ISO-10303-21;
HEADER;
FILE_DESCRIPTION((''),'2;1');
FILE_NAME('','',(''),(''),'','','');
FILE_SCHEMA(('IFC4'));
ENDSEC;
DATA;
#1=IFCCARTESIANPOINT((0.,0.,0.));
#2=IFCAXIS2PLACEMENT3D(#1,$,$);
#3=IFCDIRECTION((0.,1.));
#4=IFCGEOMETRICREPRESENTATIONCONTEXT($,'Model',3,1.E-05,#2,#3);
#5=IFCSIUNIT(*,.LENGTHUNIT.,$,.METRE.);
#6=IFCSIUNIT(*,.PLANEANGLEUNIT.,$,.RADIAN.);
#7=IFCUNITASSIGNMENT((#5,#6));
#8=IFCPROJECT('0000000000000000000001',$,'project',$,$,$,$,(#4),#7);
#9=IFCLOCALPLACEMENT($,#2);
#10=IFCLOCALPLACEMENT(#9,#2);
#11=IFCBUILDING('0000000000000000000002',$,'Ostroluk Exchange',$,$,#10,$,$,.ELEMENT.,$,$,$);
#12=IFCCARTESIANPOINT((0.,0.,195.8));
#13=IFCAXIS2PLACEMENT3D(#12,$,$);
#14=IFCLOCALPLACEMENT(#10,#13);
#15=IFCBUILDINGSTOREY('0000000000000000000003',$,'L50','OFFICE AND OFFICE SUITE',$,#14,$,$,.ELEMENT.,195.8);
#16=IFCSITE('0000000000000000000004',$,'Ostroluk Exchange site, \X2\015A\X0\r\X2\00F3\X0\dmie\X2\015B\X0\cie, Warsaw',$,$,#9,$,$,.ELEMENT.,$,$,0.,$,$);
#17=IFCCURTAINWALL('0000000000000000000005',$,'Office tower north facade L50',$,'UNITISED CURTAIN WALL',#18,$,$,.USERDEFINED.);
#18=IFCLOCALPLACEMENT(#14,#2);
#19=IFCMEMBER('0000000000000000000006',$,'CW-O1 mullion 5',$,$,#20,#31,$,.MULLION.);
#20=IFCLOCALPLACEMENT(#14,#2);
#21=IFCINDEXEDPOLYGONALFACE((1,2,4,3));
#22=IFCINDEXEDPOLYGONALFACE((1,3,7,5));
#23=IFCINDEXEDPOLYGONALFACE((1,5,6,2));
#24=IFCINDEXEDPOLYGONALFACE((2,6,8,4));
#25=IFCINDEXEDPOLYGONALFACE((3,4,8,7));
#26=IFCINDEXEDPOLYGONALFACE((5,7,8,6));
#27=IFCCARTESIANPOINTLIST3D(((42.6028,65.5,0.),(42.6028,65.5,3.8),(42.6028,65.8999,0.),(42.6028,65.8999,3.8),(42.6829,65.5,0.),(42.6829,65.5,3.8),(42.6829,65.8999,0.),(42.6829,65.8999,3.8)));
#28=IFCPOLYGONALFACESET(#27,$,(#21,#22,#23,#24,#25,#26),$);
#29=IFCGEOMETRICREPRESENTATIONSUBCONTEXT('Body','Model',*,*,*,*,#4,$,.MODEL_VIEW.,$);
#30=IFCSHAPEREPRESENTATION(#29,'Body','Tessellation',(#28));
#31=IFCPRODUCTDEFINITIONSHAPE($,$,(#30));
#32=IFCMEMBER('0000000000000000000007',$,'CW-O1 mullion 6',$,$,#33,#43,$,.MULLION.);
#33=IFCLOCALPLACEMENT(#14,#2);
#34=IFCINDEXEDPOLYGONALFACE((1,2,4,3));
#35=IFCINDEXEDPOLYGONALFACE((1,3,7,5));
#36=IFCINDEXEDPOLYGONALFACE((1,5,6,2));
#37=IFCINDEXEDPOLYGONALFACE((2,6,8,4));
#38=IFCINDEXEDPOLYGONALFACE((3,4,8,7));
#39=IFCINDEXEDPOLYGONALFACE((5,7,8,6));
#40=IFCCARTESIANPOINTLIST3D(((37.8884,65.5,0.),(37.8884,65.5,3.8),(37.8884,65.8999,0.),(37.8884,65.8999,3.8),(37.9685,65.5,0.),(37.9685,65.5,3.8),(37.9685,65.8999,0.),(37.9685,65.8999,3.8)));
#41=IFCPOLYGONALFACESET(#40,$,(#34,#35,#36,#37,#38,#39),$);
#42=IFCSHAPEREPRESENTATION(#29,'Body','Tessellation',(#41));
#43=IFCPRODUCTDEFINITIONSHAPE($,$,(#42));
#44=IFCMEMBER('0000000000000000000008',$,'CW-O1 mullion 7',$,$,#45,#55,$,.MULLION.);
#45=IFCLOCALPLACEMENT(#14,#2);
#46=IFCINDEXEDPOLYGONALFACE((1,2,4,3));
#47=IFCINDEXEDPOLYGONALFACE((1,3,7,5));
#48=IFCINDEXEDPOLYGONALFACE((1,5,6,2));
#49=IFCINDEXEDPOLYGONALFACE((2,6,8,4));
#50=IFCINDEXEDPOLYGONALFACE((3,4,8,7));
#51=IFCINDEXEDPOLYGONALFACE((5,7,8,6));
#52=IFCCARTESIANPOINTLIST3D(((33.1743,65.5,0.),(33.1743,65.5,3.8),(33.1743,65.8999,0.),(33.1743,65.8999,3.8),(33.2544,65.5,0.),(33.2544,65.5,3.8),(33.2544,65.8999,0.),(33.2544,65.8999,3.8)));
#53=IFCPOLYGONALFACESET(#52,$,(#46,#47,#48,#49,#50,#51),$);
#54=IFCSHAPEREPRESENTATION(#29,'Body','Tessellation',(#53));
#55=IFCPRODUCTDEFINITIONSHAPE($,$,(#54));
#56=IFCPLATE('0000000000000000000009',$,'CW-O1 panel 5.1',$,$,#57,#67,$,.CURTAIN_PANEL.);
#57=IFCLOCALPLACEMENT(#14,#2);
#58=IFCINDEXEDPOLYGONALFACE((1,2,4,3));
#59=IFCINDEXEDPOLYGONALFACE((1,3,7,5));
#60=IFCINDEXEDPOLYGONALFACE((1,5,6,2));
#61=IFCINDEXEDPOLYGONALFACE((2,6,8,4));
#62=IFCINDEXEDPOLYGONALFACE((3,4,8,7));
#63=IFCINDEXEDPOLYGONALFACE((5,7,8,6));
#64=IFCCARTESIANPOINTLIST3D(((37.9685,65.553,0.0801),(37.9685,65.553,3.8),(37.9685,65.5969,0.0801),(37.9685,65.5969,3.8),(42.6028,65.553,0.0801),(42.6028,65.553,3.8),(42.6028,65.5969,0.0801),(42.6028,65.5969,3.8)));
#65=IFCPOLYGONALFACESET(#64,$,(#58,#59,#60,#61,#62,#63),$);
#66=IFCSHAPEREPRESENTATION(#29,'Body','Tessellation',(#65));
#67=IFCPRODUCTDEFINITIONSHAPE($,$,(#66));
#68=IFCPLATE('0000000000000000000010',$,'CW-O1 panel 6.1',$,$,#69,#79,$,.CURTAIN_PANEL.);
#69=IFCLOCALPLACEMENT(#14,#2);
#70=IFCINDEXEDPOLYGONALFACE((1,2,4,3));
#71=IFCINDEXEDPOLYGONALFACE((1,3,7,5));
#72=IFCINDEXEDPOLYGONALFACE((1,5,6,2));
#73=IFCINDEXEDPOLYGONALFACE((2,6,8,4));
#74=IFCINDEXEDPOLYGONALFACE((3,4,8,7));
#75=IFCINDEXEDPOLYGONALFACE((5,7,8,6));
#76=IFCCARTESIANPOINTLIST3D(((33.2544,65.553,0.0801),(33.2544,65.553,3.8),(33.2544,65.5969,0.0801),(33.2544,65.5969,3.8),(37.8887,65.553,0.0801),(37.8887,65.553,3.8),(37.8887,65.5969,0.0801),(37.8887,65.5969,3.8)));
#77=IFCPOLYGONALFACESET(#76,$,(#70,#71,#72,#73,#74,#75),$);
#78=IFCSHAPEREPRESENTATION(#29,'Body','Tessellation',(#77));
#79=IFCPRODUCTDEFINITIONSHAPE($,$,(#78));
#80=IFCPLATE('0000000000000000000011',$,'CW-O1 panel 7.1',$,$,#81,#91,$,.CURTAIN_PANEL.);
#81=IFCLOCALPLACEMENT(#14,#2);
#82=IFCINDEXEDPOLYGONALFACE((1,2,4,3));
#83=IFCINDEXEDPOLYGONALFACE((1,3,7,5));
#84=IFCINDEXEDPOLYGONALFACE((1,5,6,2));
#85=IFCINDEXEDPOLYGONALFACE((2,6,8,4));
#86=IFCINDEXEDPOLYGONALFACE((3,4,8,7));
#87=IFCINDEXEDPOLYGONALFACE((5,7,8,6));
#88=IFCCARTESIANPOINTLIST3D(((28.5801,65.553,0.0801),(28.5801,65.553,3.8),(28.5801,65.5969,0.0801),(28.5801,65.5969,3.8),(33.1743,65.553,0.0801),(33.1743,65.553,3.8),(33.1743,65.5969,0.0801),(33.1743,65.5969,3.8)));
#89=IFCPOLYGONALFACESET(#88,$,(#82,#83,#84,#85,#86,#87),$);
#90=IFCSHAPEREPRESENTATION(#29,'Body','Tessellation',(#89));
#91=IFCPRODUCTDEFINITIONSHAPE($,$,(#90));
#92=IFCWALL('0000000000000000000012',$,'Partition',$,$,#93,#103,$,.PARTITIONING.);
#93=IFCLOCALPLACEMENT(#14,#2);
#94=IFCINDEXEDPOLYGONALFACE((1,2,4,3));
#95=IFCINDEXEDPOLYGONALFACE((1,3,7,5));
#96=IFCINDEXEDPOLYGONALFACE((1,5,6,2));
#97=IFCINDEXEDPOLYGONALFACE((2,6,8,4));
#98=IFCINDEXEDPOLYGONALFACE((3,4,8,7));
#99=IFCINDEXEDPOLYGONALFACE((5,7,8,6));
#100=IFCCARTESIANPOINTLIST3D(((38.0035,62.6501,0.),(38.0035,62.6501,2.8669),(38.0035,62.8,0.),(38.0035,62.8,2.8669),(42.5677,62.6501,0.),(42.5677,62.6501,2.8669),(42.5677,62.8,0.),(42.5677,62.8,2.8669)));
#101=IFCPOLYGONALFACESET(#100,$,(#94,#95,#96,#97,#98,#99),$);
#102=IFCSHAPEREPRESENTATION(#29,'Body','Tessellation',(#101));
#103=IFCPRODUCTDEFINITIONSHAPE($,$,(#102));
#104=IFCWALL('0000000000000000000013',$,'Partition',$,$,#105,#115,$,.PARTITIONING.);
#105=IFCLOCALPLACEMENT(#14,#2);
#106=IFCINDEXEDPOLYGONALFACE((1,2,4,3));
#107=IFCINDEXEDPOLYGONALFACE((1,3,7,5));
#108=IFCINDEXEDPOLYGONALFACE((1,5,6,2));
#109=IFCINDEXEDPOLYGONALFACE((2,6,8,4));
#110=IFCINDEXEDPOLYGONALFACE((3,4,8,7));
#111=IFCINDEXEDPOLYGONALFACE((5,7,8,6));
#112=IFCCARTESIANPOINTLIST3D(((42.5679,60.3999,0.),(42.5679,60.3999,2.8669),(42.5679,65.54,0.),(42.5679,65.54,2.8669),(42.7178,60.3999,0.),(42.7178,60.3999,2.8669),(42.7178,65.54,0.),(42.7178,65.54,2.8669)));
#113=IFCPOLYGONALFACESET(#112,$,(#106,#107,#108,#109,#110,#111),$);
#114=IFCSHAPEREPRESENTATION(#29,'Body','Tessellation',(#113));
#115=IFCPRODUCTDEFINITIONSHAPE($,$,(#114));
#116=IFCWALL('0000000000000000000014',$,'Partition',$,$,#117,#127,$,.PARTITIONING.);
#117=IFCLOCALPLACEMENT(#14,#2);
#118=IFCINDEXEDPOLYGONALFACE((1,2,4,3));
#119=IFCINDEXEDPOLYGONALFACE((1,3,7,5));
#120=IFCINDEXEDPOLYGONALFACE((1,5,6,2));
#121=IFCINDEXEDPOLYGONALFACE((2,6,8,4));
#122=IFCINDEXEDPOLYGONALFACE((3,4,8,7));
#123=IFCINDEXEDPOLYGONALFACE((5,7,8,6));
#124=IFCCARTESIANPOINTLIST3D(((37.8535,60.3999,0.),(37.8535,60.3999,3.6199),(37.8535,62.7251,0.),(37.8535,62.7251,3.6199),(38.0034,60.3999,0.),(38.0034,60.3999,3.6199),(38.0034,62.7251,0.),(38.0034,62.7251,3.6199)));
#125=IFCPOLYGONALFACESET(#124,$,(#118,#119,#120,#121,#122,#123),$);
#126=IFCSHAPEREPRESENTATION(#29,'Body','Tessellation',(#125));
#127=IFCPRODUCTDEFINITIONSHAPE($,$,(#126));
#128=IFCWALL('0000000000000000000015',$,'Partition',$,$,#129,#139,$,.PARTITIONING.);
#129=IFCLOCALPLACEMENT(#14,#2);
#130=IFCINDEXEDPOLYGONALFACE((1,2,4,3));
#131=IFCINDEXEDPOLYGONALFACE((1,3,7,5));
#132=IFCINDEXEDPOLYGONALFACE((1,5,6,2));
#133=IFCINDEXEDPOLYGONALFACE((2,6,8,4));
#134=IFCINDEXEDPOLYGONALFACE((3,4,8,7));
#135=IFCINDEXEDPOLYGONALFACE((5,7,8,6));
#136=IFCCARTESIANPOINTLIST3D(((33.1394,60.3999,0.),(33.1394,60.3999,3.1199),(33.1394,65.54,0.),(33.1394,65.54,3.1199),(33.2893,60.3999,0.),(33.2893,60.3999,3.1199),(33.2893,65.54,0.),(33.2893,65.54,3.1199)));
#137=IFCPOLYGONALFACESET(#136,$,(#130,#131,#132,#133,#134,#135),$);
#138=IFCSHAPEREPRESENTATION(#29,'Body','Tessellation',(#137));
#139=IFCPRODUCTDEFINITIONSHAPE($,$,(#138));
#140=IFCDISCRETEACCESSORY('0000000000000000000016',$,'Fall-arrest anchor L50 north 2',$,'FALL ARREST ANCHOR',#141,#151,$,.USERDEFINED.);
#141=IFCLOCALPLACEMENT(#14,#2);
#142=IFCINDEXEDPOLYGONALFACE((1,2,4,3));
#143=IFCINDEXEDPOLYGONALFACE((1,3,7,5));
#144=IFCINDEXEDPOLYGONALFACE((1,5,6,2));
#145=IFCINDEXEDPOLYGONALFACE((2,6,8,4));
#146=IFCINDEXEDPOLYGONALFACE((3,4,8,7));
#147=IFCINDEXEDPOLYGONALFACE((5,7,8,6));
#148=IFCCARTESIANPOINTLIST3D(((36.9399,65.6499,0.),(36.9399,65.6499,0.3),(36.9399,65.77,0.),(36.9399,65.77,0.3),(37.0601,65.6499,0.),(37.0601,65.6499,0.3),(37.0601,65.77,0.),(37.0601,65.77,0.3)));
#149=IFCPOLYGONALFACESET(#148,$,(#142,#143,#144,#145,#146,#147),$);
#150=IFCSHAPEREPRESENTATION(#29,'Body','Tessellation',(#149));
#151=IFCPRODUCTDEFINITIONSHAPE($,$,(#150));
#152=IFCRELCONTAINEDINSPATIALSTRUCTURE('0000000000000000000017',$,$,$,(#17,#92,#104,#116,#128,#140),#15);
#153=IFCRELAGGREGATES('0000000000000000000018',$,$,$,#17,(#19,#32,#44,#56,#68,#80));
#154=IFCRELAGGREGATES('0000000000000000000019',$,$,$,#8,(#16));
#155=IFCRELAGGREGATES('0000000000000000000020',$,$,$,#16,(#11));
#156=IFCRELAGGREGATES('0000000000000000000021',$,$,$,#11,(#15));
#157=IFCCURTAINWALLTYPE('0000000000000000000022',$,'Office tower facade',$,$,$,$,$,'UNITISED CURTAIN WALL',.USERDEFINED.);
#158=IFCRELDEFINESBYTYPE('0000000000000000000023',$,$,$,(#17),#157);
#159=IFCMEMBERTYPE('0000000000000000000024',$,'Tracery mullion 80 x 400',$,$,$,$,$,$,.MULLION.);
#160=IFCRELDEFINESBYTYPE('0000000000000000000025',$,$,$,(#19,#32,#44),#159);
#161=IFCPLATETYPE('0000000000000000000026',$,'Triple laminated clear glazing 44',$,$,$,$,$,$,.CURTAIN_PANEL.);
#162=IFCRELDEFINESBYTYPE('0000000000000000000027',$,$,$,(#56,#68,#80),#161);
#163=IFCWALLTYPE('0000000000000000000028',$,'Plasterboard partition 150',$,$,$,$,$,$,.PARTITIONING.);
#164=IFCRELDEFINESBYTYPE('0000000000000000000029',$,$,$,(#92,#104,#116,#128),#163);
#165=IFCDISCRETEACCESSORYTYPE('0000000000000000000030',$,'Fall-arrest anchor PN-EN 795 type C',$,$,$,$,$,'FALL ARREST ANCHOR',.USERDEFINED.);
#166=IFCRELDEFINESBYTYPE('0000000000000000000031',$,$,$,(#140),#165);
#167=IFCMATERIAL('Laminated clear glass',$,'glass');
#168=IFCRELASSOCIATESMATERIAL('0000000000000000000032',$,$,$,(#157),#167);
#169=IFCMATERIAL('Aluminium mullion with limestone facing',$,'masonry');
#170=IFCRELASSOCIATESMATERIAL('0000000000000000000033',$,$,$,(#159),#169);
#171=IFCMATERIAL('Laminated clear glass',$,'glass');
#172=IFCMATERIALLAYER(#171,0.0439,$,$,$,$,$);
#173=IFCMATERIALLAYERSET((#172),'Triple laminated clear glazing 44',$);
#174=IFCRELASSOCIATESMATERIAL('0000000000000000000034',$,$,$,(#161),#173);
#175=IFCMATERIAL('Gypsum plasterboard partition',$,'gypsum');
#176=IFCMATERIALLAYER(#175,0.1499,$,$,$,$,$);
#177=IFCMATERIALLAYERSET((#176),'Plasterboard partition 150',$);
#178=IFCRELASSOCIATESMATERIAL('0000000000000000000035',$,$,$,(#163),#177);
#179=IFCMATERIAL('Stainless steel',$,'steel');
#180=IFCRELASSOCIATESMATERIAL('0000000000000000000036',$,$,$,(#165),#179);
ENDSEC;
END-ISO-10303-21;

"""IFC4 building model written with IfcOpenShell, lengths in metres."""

from ifc_helpers import new_model, si_unit, direction, frame, frame_2d, origin, origin_2d, place, context, subcontext, project, spatial, rectangle, extrude, material, layer, layer_set, material_profile, profile_set, type_object, element, aggregate, save


model = new_model("IFC4")

# Units and contexts
model_context = context("Model", 3, precision=1e-05, world=origin(), true_north=direction((0.0, 1.0)))
body_context = subcontext(model_context, "Body", "Model", "MODEL_VIEW")
ifc_project = project(units=[si_unit("LENGTHUNIT", "METRE"), si_unit("PLANEANGLEUNIT", "RADIAN")], contexts=[model_context])

# Site, building, storey
site_placement = place(None, origin())
site = spatial("IfcSite", under=ifc_project, at=site_placement, Name="Ostroluk Exchange site, Śródmieście, Warsaw", CompositionType="ELEMENT", RefElevation=0.0)
building_placement = place(site_placement, origin())
building = spatial("IfcBuilding", under=site, at=building_placement, Name="Ostroluk Exchange", CompositionType="ELEMENT")
storey_placement = place(building_placement, frame((0.0, 0.0, 195.8)))
storey = spatial("IfcBuildingStorey", under=building, at=storey_placement, Name="L50", Description="OFFICE AND OFFICE SUITE", CompositionType="ELEMENT", Elevation=195.8)

# Curtain wall, members, plates
ifc_material_1 = material(Name="Laminated clear glass", Category="glass")
curtain_wall_type = type_object("IfcCurtainWallType", Name="Office tower facade", ElementType="UNITISED CURTAIN WALL", PredefinedType="USERDEFINED", material=ifc_material_1)
curtain_wall_placement = place(storey_placement, origin())
curtain_wall = element("IfcCurtainWall", 1, at=curtain_wall_placement, inside=storey, type_object=curtain_wall_type, Name="Office tower north facade L50", ObjectType="UNITISED CURTAIN WALL", PredefinedType="USERDEFINED")
ifc_material_2 = material(Name="Aluminium mullion with limestone facing", Category="masonry")
ifc_material_profile_1 = material_profile(ifc_material_2, rectangle(XDim=0.3999, YDim=0.0801, at=origin_2d()), Name="Tracery mullion 80 x 400")
ifc_profile_set_1 = profile_set([ifc_material_profile_1], Name="Aluminium mullion with limestone facing")
member_type_1 = type_object("IfcMemberType", Name="Tracery mullion 80 x 400", PredefinedType="MULLION", material=ifc_profile_set_1)
member_1_placement = place(storey_placement, frame((42.6428, 65.7, 0.0), z_axis=(0.0, 0.0, 1.0), x_axis=(0.0, -1.0, 0.0)))
member_1 = element("IfcMember", 2, at=member_1_placement, type_object=member_type_1, Name="CW-O1 mullion 5", PredefinedType="MULLION", context=body_context, shape_type="SweptSolid", body=[
    extrude(rectangle(XDim=0.3999, YDim=0.0801, at=origin_2d()), origin(), (0.0, 0.0, 1.0), 3.8),
])
member_2_placement = place(storey_placement, frame((37.9285, 65.7, 0.0), z_axis=(0.0, 0.0, 1.0), x_axis=(0.0, -1.0, 0.0)))
member_2 = element("IfcMember", 3, at=member_2_placement, type_object=member_type_1, Name="CW-O1 mullion 6", PredefinedType="MULLION", context=body_context, shape_type="SweptSolid", body=[
    extrude(rectangle(XDim=0.3999, YDim=0.0801, at=origin_2d()), origin(), (0.0, 0.0, 1.0), 3.8),
])
member_3_placement = place(storey_placement, frame((33.2144, 65.7, 0.0), z_axis=(0.0, 0.0, 1.0), x_axis=(0.0, -1.0, 0.0)))
member_3 = element("IfcMember", 4, at=member_3_placement, type_object=member_type_1, Name="CW-O1 mullion 7", PredefinedType="MULLION", context=body_context, shape_type="SweptSolid", body=[
    extrude(rectangle(XDim=0.3999, YDim=0.0801, at=origin_2d()), origin(), (0.0, 0.0, 1.0), 3.8),
])
ifc_material_3 = material(Name="Laminated clear glass", Category="glass")
ifc_layer_1 = layer(ifc_material_3, 0.0439)
ifc_layer_set_1 = layer_set([ifc_layer_1], Name="Triple laminated clear glazing 44")
plate_type = type_object("IfcPlateType", Name="Triple laminated clear glazing 44", PredefinedType="CURTAIN_PANEL", material=ifc_layer_set_1)
plate_1_placement = place(storey_placement, frame((40.2856, 65.575, 0.0801), z_axis=(0.0, 0.0, 1.0), x_axis=(-1.0, 0.0, 0.0)))
plate_1 = element("IfcPlate", 5, at=plate_1_placement, type_object=plate_type, Name="CW-O1 panel 5.1", PredefinedType="CURTAIN_PANEL", context=body_context, shape_type="SweptSolid", body=[
    extrude(rectangle(XDim=4.6343, YDim=0.0439, at=origin_2d()), origin(), (0.0, 0.0, 1.0), 3.72),
])
plate_2_placement = place(storey_placement, frame((35.5715, 65.575, 0.0801), z_axis=(0.0, 0.0, 1.0), x_axis=(-1.0, 0.0, 0.0)))
plate_2 = element("IfcPlate", 6, at=plate_2_placement, type_object=plate_type, Name="CW-O1 panel 6.1", PredefinedType="CURTAIN_PANEL", context=body_context, shape_type="SweptSolid", body=[
    extrude(rectangle(XDim=4.6343, YDim=0.0439, at=origin_2d()), origin(), (0.0, 0.0, 1.0), 3.72),
])
plate_3_placement = place(storey_placement, frame((30.8772, 65.575, 0.0801), z_axis=(0.0, 0.0, 1.0), x_axis=(-1.0, 0.0, 0.0)))
plate_3 = element("IfcPlate", 7, at=plate_3_placement, type_object=plate_type, Name="CW-O1 panel 7.1", PredefinedType="CURTAIN_PANEL", context=body_context, shape_type="SweptSolid", body=[
    extrude(rectangle(XDim=4.5942, YDim=0.0439, at=origin_2d()), origin(), (0.0, 0.0, 1.0), 3.72),
])
aggregate(curtain_wall, [member_1, member_2, member_3, plate_1, plate_2, plate_3])

# Walls
ifc_material_4 = material(Name="Gypsum plasterboard partition", Category="gypsum")
ifc_layer_2 = layer(ifc_material_4, 0.1499)
ifc_layer_set_2 = layer_set([ifc_layer_2], Name="Plasterboard partition 150")
wall_type = type_object("IfcWallType", Name="Plasterboard partition 150", PredefinedType="PARTITIONING", material=ifc_layer_set_2)
wall_1_placement = place(storey_placement, frame((42.5679, 62.7251, 0.0), z_axis=(0.0, 0.0, 1.0), x_axis=(-1.0, 0.0, 0.0)))
element("IfcWall", 8, at=wall_1_placement, inside=storey, type_object=wall_type, Name="Partition", PredefinedType="PARTITIONING", context=body_context, shape_type="SweptSolid", body=[
    extrude(rectangle(XDim=4.5642, YDim=0.1499, at=frame_2d((2.2822, 0.0))), origin(), (0.0, 0.0, 1.0), 2.8669),
])
wall_2_placement = place(storey_placement, frame((42.6428, 60.3999, 0.0), z_axis=(0.0, 0.0, 1.0), x_axis=(0.0, 1.0, 0.0)))
element("IfcWall", 9, at=wall_2_placement, inside=storey, type_object=wall_type, Name="Partition", PredefinedType="PARTITIONING", context=body_context, shape_type="SweptSolid", body=[
    extrude(rectangle(XDim=5.1401, YDim=0.1499, at=frame_2d((2.5701, 0.0))), origin(), (0.0, 0.0, 1.0), 2.8669),
])
wall_3_placement = place(storey_placement, frame((37.9285, 60.3999, 0.0), z_axis=(0.0, 0.0, 1.0), x_axis=(0.0, 1.0, 0.0)))
element("IfcWall", 10, at=wall_3_placement, inside=storey, type_object=wall_type, Name="Partition", PredefinedType="PARTITIONING", context=body_context, shape_type="SweptSolid", body=[
    extrude(rectangle(XDim=2.3252, YDim=0.1499, at=frame_2d((1.1626, 0.0))), origin(), (0.0, 0.0, 1.0), 3.6199),
])
wall_4_placement = place(storey_placement, frame((33.2144, 60.3999, 0.0), z_axis=(0.0, 0.0, 1.0), x_axis=(0.0, 1.0, 0.0)))
element("IfcWall", 11, at=wall_4_placement, inside=storey, type_object=wall_type, Name="Partition", PredefinedType="PARTITIONING", context=body_context, shape_type="SweptSolid", body=[
    extrude(rectangle(XDim=5.1401, YDim=0.1499, at=frame_2d((2.5701, 0.0))), origin(), (0.0, 0.0, 1.0), 3.1199),
])

# Discrete accessory
ifc_material_5 = material(Name="Stainless steel", Category="steel")
discrete_accessory_type = type_object("IfcDiscreteAccessoryType", Name="Fall-arrest anchor PN-EN 795 type C", ElementType="FALL ARREST ANCHOR", PredefinedType="USERDEFINED", material=ifc_material_5)
discrete_accessory_placement = place(storey_placement, frame((37.0, 65.71, 0.0), z_axis=(0.0, 0.0, 1.0), x_axis=(1.0, 0.0, 0.0)))
element("IfcDiscreteAccessory", 12, at=discrete_accessory_placement, inside=storey, type_object=discrete_accessory_type, Name="Fall-arrest anchor L50 north 2", ObjectType="FALL ARREST ANCHOR", PredefinedType="USERDEFINED", context=body_context, shape_type="SweptSolid", body=[
    extrude(rectangle(XDim=0.1201, YDim=0.1201, at=origin_2d()), origin(), (0.0, 0.0, 1.0), 0.3),
])

save(model, "model.ifc")
